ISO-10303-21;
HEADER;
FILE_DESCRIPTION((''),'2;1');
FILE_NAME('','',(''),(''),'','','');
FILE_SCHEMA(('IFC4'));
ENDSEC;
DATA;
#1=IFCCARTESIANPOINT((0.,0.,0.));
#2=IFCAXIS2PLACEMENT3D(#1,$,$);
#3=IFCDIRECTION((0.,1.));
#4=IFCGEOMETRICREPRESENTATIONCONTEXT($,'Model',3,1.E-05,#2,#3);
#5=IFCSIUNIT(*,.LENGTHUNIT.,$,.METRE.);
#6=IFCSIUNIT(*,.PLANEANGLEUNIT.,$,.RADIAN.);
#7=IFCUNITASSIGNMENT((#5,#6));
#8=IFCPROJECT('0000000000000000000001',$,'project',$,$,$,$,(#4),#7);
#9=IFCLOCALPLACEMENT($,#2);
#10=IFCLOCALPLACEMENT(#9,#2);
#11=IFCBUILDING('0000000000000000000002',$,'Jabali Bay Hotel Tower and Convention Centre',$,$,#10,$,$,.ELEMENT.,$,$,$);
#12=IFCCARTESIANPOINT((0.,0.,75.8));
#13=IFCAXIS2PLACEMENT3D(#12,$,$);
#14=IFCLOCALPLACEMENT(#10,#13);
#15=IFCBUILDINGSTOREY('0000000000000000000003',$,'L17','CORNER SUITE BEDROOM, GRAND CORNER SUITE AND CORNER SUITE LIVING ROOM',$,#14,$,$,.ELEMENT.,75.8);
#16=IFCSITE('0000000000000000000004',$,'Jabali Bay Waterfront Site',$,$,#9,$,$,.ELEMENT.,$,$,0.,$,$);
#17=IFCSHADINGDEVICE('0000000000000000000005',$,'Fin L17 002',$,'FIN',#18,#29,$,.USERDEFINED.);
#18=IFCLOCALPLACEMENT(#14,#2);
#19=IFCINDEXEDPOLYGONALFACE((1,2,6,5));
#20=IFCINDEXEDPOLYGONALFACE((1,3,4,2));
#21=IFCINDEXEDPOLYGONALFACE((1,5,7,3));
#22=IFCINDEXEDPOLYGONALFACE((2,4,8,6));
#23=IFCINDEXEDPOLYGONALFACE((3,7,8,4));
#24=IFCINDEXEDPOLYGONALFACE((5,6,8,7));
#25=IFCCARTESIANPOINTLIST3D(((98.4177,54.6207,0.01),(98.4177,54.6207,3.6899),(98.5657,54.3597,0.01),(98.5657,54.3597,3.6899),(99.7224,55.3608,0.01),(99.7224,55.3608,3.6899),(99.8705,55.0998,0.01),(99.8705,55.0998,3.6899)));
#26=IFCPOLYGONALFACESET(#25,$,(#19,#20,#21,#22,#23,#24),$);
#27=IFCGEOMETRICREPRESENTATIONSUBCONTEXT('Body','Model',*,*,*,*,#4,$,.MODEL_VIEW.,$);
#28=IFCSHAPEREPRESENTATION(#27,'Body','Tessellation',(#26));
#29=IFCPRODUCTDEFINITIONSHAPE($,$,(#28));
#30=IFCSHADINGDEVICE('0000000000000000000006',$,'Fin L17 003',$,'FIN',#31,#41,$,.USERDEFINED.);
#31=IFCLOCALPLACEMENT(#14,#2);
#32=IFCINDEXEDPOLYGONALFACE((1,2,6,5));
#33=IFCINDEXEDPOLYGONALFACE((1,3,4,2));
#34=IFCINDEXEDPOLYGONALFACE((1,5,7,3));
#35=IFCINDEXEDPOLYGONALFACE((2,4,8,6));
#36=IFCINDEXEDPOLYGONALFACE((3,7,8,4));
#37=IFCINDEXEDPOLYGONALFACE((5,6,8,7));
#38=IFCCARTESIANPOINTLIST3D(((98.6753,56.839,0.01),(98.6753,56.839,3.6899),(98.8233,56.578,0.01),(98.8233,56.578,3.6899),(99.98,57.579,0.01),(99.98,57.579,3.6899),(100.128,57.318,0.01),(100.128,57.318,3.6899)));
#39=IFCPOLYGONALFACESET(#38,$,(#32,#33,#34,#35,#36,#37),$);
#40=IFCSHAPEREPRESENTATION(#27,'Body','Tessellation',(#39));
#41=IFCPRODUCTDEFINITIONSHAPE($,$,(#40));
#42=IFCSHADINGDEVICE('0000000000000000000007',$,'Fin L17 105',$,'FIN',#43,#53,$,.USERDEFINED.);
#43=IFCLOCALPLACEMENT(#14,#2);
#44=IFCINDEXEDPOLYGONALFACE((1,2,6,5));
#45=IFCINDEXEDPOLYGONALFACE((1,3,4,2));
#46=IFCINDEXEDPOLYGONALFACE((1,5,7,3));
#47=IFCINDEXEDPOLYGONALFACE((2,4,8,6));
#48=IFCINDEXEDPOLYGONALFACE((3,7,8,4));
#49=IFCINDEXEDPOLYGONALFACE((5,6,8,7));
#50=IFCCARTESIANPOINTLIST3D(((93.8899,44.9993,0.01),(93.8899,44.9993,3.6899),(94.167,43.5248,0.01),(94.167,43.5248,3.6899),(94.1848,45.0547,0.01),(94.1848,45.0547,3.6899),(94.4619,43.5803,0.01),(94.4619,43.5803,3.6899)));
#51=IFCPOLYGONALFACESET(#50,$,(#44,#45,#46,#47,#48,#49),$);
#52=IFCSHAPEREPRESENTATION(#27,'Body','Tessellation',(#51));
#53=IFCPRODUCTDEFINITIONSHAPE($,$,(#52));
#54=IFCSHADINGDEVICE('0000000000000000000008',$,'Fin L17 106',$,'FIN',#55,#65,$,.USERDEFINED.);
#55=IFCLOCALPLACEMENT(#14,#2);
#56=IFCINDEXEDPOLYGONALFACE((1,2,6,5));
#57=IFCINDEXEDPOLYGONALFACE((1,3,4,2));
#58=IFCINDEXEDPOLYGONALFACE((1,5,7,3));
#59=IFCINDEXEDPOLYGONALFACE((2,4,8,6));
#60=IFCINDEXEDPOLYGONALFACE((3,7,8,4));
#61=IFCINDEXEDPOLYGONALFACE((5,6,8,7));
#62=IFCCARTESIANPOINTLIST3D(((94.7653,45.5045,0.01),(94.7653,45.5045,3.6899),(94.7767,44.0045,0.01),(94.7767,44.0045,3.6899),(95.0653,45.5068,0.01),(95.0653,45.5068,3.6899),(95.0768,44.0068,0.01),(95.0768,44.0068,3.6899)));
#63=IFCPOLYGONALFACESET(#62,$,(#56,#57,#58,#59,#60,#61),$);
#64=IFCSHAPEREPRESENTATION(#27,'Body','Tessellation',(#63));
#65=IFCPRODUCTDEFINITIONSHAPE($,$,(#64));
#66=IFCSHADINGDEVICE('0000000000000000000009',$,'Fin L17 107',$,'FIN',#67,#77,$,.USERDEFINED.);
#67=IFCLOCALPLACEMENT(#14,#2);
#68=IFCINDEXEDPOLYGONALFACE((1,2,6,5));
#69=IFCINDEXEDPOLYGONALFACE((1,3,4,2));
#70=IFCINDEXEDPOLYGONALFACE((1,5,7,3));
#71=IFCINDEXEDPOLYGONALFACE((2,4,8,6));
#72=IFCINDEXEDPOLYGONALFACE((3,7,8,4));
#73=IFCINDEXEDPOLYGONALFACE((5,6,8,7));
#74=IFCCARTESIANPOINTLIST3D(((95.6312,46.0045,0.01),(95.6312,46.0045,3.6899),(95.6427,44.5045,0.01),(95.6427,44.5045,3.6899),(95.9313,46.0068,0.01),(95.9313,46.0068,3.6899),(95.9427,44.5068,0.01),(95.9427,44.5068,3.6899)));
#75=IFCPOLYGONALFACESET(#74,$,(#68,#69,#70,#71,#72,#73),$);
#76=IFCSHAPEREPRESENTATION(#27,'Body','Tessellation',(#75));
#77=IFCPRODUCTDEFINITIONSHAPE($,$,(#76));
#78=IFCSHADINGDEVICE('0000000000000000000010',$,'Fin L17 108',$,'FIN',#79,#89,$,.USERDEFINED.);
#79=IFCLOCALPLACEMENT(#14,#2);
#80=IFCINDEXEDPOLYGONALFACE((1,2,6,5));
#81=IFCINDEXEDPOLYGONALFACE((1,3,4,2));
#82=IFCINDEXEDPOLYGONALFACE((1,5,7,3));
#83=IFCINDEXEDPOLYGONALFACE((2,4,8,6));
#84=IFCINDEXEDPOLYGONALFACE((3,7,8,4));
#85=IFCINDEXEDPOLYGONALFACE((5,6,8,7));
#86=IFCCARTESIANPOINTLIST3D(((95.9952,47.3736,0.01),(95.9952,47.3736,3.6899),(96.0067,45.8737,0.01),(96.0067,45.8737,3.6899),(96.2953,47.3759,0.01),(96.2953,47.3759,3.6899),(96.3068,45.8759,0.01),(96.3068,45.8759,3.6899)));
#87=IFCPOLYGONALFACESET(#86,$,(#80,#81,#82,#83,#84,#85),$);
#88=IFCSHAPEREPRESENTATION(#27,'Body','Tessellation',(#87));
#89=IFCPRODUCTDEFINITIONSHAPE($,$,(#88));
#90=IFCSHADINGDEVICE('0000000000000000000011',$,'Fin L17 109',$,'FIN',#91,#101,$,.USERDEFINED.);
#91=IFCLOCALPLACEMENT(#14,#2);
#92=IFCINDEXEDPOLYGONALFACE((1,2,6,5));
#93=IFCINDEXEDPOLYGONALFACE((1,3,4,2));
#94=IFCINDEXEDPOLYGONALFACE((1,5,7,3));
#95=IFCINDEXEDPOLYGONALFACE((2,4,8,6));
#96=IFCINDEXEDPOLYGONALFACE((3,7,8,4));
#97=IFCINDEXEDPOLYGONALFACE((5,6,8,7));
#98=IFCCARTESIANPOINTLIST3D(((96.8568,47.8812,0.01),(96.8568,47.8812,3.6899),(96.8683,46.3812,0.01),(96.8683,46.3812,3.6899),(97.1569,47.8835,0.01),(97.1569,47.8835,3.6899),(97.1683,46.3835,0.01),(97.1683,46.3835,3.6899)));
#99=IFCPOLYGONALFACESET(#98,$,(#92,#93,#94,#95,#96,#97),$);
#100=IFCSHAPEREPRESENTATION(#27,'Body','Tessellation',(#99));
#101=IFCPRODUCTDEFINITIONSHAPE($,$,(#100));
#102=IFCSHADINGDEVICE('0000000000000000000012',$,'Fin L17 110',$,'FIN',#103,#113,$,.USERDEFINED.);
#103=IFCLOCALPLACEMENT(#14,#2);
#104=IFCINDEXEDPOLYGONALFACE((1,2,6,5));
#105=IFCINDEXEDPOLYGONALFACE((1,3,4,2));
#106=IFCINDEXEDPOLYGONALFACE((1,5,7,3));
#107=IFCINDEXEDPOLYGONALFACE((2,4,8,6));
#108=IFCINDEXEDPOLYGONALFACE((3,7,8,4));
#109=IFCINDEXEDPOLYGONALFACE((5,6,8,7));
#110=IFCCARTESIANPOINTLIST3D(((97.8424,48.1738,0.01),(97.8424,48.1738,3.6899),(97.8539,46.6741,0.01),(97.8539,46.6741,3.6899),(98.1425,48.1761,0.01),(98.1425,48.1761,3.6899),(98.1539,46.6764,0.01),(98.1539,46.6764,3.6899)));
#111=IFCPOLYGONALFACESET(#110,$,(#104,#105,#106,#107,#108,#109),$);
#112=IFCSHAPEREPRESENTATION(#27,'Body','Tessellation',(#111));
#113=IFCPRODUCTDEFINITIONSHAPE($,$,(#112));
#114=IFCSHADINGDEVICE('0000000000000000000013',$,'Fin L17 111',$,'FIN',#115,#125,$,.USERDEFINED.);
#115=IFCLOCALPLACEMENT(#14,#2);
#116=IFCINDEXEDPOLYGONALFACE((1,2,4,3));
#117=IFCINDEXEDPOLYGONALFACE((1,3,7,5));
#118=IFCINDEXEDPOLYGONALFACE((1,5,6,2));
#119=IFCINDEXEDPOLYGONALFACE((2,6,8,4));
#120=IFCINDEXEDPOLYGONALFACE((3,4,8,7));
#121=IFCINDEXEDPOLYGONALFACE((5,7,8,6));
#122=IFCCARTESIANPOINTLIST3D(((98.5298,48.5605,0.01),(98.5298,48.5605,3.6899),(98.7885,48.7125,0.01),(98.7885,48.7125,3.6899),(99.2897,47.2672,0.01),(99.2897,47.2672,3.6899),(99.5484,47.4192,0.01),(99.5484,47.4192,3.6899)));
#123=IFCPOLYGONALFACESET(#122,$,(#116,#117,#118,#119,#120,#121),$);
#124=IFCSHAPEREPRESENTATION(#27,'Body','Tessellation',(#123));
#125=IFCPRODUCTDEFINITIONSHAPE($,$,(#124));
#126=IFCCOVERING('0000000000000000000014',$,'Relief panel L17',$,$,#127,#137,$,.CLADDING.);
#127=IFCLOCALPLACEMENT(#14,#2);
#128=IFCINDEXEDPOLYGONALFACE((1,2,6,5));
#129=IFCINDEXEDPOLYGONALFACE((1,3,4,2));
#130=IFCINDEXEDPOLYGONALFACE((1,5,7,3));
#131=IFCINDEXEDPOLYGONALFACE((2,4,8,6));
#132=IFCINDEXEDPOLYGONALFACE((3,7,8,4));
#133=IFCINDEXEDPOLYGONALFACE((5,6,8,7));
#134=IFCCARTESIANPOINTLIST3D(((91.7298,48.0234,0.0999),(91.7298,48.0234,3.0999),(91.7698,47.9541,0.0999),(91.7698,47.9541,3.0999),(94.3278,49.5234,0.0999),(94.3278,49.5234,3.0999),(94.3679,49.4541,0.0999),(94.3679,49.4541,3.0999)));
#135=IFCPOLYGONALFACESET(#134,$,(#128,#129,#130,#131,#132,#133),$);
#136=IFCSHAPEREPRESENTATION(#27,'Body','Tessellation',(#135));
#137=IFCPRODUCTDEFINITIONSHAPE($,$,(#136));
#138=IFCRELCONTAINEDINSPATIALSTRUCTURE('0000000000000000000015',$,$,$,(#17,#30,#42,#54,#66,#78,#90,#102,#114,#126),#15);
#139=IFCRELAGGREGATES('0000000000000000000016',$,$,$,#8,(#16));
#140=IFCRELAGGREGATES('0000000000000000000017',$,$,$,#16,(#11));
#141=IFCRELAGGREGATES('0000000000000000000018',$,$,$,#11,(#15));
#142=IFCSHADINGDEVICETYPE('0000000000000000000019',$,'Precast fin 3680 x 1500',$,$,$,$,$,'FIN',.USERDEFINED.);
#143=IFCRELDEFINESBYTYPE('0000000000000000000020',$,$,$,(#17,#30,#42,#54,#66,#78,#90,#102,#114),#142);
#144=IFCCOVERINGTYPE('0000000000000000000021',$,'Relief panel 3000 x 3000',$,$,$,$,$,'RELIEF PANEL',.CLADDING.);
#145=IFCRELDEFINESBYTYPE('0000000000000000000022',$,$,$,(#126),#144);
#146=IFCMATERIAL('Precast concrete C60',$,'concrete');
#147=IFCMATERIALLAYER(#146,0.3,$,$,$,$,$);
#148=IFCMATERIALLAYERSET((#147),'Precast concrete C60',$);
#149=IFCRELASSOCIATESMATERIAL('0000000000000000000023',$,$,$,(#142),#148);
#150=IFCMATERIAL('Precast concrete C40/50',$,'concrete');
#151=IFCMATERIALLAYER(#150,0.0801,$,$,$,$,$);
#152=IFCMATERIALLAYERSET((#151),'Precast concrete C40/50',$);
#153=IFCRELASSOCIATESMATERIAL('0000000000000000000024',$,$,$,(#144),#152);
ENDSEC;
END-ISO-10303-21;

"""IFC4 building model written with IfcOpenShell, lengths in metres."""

from ifc_helpers import new_model, si_unit, direction, frame, frame_2d, origin, origin_2d, place, context, subcontext, project, spatial, rectangle, extrude, material, layer, layer_set, type_object, element, save


model = new_model("IFC4")

# Units and contexts
model_context = context("Model", 3, precision=1e-05, world=origin(), true_north=direction((0.0, 1.0)))
body_context = subcontext(model_context, "Body", "Model", "MODEL_VIEW")
ifc_project = project(units=[si_unit("LENGTHUNIT", "METRE"), si_unit("PLANEANGLEUNIT", "RADIAN")], contexts=[model_context])

# Site, building, storey
site_placement = place(None, origin())
site = spatial("IfcSite", under=ifc_project, at=site_placement, Name="Jabali Bay Waterfront Site", CompositionType="ELEMENT", RefElevation=0.0)
building_placement = place(site_placement, origin())
building = spatial("IfcBuilding", under=site, at=building_placement, Name="Jabali Bay Hotel Tower and Convention Centre", CompositionType="ELEMENT")
storey_placement = place(building_placement, frame((0.0, 0.0, 75.8)))
storey = spatial("IfcBuildingStorey", under=building, at=storey_placement, Name="L17", Description="CORNER SUITE BEDROOM, GRAND CORNER SUITE AND CORNER SUITE LIVING ROOM", CompositionType="ELEMENT", Elevation=75.8)

# Shading devices
ifc_material_1 = material(Name="Precast concrete C60", Category="concrete")
ifc_layer_1 = layer(ifc_material_1, 0.3)
ifc_layer_set_1 = layer_set([ifc_layer_1], Name="Precast concrete C60")
shading_device_type = type_object("IfcShadingDeviceType", Name="Precast fin 3680 x 1500", ElementType="FIN", PredefinedType="USERDEFINED", material=ifc_layer_set_1)
for number, where, z_axis, x_axis, name in (
    (1, (98.4917, 54.4902, 0.01), (0.0, 0.0, 1.0), (0.869831, 0.493349, 0.0), "Fin L17 002"),
    (2, (98.7493, 56.7085, 0.01), (0.0, 0.0, 1.0), (0.869831, 0.493349, 0.0), "Fin L17 003"),
):
    element("IfcShadingDevice", number, at=place(storey_placement, frame(where, z_axis=z_axis, x_axis=x_axis)), inside=storey, type_object=shading_device_type, Name=name, ObjectType="FIN", PredefinedType="USERDEFINED", context=body_context, shape_type="SweptSolid", body=[
        extrude(rectangle(XDim=1.5, YDim=0.3, at=frame_2d((0.75, 0.0))), origin(), (0.0, 0.0, 1.0), 3.6799),
    ])
shading_device_1_placement = place(storey_placement, frame((94.0374, 45.0269, 0.01), z_axis=(0.0, 0.0, 1.0), x_axis=(0.184711, -0.982793, 0.0)))
element("IfcShadingDevice", 3, at=shading_device_1_placement, inside=storey, type_object=shading_device_type, Name="Fin L17 105", ObjectType="FIN", PredefinedType="USERDEFINED", context=body_context, shape_type="SweptSolid", body=[
    extrude(rectangle(XDim=1.5002, YDim=0.3, at=frame_2d((0.75, 0.0))), origin(), (0.0, 0.0, 1.0), 3.6799),
])
for number, where, z_axis, x_axis, name in (
    (4, (94.9153, 45.5056, 0.01), (0.0, 0.0, 1.0), (0.00765, -0.999971, 0.0), "Fin L17 106"),
    (5, (95.7812, 46.0056, 0.01), (0.0, 0.0, 1.0), (0.00765, -0.999971, 0.0), "Fin L17 107"),
    (6, (96.1453, 47.3748, 0.01), (0.0, 0.0, 1.0), (0.00765, -0.999971, 0.0), "Fin L17 108"),
    (7, (97.0068, 47.8823, 0.01), (0.0, 0.0, 1.0), (0.00765, -0.999971, 0.0), "Fin L17 109"),
):
    element("IfcShadingDevice", number, at=place(storey_placement, frame(where, z_axis=z_axis, x_axis=x_axis)), inside=storey, type_object=shading_device_type, Name=name, ObjectType="FIN", PredefinedType="USERDEFINED", context=body_context, shape_type="SweptSolid", body=[
        extrude(rectangle(XDim=1.5, YDim=0.3, at=frame_2d((0.75, 0.0))), origin(), (0.0, 0.0, 1.0), 3.6799),
    ])
shading_device_2_placement = place(storey_placement, frame((97.9924, 48.175, 0.01), z_axis=(0.0, 0.0, 1.0), x_axis=(0.007651, -0.999971, 0.0)))
element("IfcShadingDevice", 8, at=shading_device_2_placement, inside=storey, type_object=shading_device_type, Name="Fin L17 110", ObjectType="FIN", PredefinedType="USERDEFINED", context=body_context, shape_type="SweptSolid", body=[
    extrude(rectangle(XDim=1.4998, YDim=0.3, at=frame_2d((0.75, 0.0))), origin(), (0.0, 0.0, 1.0), 3.6799),
])
shading_device_3_placement = place(storey_placement, frame((98.6592, 48.6365, 0.01), z_axis=(0.0, 0.0, 1.0), x_axis=(0.506551, -0.86221, 0.0)))
element("IfcShadingDevice", 9, at=shading_device_3_placement, inside=storey, type_object=shading_device_type, Name="Fin L17 111", ObjectType="FIN", PredefinedType="USERDEFINED", context=body_context, shape_type="SweptSolid", body=[
    extrude(rectangle(XDim=1.5, YDim=0.3, at=frame_2d((0.75, 0.0))), origin(), (0.0, 0.0, 1.0), 3.6799),
])

# Covering
ifc_material_2 = material(Name="Precast concrete C40/50", Category="concrete")
ifc_layer_2 = layer(ifc_material_2, 0.0801)
ifc_layer_set_2 = layer_set([ifc_layer_2], Name="Precast concrete C40/50")
covering_type = type_object("IfcCoveringType", Name="Relief panel 3000 x 3000", ElementType="RELIEF PANEL", PredefinedType="CLADDING", material=ifc_layer_set_2)
covering_placement = place(storey_placement, frame((93.0488, 48.7388, 0.0999), z_axis=(0.0, 0.0, 1.0), x_axis=(-0.866025, -0.5, 0.0)))
element("IfcCovering", 10, at=covering_placement, inside=storey, type_object=covering_type, Name="Relief panel L17", PredefinedType="CLADDING", context=body_context, shape_type="SweptSolid", body=[
    extrude(rectangle(XDim=3.0, YDim=0.0801, at=origin_2d()), origin(), (0.0, 0.0, 1.0), 3.0),
])

save(model, "model.ifc")
